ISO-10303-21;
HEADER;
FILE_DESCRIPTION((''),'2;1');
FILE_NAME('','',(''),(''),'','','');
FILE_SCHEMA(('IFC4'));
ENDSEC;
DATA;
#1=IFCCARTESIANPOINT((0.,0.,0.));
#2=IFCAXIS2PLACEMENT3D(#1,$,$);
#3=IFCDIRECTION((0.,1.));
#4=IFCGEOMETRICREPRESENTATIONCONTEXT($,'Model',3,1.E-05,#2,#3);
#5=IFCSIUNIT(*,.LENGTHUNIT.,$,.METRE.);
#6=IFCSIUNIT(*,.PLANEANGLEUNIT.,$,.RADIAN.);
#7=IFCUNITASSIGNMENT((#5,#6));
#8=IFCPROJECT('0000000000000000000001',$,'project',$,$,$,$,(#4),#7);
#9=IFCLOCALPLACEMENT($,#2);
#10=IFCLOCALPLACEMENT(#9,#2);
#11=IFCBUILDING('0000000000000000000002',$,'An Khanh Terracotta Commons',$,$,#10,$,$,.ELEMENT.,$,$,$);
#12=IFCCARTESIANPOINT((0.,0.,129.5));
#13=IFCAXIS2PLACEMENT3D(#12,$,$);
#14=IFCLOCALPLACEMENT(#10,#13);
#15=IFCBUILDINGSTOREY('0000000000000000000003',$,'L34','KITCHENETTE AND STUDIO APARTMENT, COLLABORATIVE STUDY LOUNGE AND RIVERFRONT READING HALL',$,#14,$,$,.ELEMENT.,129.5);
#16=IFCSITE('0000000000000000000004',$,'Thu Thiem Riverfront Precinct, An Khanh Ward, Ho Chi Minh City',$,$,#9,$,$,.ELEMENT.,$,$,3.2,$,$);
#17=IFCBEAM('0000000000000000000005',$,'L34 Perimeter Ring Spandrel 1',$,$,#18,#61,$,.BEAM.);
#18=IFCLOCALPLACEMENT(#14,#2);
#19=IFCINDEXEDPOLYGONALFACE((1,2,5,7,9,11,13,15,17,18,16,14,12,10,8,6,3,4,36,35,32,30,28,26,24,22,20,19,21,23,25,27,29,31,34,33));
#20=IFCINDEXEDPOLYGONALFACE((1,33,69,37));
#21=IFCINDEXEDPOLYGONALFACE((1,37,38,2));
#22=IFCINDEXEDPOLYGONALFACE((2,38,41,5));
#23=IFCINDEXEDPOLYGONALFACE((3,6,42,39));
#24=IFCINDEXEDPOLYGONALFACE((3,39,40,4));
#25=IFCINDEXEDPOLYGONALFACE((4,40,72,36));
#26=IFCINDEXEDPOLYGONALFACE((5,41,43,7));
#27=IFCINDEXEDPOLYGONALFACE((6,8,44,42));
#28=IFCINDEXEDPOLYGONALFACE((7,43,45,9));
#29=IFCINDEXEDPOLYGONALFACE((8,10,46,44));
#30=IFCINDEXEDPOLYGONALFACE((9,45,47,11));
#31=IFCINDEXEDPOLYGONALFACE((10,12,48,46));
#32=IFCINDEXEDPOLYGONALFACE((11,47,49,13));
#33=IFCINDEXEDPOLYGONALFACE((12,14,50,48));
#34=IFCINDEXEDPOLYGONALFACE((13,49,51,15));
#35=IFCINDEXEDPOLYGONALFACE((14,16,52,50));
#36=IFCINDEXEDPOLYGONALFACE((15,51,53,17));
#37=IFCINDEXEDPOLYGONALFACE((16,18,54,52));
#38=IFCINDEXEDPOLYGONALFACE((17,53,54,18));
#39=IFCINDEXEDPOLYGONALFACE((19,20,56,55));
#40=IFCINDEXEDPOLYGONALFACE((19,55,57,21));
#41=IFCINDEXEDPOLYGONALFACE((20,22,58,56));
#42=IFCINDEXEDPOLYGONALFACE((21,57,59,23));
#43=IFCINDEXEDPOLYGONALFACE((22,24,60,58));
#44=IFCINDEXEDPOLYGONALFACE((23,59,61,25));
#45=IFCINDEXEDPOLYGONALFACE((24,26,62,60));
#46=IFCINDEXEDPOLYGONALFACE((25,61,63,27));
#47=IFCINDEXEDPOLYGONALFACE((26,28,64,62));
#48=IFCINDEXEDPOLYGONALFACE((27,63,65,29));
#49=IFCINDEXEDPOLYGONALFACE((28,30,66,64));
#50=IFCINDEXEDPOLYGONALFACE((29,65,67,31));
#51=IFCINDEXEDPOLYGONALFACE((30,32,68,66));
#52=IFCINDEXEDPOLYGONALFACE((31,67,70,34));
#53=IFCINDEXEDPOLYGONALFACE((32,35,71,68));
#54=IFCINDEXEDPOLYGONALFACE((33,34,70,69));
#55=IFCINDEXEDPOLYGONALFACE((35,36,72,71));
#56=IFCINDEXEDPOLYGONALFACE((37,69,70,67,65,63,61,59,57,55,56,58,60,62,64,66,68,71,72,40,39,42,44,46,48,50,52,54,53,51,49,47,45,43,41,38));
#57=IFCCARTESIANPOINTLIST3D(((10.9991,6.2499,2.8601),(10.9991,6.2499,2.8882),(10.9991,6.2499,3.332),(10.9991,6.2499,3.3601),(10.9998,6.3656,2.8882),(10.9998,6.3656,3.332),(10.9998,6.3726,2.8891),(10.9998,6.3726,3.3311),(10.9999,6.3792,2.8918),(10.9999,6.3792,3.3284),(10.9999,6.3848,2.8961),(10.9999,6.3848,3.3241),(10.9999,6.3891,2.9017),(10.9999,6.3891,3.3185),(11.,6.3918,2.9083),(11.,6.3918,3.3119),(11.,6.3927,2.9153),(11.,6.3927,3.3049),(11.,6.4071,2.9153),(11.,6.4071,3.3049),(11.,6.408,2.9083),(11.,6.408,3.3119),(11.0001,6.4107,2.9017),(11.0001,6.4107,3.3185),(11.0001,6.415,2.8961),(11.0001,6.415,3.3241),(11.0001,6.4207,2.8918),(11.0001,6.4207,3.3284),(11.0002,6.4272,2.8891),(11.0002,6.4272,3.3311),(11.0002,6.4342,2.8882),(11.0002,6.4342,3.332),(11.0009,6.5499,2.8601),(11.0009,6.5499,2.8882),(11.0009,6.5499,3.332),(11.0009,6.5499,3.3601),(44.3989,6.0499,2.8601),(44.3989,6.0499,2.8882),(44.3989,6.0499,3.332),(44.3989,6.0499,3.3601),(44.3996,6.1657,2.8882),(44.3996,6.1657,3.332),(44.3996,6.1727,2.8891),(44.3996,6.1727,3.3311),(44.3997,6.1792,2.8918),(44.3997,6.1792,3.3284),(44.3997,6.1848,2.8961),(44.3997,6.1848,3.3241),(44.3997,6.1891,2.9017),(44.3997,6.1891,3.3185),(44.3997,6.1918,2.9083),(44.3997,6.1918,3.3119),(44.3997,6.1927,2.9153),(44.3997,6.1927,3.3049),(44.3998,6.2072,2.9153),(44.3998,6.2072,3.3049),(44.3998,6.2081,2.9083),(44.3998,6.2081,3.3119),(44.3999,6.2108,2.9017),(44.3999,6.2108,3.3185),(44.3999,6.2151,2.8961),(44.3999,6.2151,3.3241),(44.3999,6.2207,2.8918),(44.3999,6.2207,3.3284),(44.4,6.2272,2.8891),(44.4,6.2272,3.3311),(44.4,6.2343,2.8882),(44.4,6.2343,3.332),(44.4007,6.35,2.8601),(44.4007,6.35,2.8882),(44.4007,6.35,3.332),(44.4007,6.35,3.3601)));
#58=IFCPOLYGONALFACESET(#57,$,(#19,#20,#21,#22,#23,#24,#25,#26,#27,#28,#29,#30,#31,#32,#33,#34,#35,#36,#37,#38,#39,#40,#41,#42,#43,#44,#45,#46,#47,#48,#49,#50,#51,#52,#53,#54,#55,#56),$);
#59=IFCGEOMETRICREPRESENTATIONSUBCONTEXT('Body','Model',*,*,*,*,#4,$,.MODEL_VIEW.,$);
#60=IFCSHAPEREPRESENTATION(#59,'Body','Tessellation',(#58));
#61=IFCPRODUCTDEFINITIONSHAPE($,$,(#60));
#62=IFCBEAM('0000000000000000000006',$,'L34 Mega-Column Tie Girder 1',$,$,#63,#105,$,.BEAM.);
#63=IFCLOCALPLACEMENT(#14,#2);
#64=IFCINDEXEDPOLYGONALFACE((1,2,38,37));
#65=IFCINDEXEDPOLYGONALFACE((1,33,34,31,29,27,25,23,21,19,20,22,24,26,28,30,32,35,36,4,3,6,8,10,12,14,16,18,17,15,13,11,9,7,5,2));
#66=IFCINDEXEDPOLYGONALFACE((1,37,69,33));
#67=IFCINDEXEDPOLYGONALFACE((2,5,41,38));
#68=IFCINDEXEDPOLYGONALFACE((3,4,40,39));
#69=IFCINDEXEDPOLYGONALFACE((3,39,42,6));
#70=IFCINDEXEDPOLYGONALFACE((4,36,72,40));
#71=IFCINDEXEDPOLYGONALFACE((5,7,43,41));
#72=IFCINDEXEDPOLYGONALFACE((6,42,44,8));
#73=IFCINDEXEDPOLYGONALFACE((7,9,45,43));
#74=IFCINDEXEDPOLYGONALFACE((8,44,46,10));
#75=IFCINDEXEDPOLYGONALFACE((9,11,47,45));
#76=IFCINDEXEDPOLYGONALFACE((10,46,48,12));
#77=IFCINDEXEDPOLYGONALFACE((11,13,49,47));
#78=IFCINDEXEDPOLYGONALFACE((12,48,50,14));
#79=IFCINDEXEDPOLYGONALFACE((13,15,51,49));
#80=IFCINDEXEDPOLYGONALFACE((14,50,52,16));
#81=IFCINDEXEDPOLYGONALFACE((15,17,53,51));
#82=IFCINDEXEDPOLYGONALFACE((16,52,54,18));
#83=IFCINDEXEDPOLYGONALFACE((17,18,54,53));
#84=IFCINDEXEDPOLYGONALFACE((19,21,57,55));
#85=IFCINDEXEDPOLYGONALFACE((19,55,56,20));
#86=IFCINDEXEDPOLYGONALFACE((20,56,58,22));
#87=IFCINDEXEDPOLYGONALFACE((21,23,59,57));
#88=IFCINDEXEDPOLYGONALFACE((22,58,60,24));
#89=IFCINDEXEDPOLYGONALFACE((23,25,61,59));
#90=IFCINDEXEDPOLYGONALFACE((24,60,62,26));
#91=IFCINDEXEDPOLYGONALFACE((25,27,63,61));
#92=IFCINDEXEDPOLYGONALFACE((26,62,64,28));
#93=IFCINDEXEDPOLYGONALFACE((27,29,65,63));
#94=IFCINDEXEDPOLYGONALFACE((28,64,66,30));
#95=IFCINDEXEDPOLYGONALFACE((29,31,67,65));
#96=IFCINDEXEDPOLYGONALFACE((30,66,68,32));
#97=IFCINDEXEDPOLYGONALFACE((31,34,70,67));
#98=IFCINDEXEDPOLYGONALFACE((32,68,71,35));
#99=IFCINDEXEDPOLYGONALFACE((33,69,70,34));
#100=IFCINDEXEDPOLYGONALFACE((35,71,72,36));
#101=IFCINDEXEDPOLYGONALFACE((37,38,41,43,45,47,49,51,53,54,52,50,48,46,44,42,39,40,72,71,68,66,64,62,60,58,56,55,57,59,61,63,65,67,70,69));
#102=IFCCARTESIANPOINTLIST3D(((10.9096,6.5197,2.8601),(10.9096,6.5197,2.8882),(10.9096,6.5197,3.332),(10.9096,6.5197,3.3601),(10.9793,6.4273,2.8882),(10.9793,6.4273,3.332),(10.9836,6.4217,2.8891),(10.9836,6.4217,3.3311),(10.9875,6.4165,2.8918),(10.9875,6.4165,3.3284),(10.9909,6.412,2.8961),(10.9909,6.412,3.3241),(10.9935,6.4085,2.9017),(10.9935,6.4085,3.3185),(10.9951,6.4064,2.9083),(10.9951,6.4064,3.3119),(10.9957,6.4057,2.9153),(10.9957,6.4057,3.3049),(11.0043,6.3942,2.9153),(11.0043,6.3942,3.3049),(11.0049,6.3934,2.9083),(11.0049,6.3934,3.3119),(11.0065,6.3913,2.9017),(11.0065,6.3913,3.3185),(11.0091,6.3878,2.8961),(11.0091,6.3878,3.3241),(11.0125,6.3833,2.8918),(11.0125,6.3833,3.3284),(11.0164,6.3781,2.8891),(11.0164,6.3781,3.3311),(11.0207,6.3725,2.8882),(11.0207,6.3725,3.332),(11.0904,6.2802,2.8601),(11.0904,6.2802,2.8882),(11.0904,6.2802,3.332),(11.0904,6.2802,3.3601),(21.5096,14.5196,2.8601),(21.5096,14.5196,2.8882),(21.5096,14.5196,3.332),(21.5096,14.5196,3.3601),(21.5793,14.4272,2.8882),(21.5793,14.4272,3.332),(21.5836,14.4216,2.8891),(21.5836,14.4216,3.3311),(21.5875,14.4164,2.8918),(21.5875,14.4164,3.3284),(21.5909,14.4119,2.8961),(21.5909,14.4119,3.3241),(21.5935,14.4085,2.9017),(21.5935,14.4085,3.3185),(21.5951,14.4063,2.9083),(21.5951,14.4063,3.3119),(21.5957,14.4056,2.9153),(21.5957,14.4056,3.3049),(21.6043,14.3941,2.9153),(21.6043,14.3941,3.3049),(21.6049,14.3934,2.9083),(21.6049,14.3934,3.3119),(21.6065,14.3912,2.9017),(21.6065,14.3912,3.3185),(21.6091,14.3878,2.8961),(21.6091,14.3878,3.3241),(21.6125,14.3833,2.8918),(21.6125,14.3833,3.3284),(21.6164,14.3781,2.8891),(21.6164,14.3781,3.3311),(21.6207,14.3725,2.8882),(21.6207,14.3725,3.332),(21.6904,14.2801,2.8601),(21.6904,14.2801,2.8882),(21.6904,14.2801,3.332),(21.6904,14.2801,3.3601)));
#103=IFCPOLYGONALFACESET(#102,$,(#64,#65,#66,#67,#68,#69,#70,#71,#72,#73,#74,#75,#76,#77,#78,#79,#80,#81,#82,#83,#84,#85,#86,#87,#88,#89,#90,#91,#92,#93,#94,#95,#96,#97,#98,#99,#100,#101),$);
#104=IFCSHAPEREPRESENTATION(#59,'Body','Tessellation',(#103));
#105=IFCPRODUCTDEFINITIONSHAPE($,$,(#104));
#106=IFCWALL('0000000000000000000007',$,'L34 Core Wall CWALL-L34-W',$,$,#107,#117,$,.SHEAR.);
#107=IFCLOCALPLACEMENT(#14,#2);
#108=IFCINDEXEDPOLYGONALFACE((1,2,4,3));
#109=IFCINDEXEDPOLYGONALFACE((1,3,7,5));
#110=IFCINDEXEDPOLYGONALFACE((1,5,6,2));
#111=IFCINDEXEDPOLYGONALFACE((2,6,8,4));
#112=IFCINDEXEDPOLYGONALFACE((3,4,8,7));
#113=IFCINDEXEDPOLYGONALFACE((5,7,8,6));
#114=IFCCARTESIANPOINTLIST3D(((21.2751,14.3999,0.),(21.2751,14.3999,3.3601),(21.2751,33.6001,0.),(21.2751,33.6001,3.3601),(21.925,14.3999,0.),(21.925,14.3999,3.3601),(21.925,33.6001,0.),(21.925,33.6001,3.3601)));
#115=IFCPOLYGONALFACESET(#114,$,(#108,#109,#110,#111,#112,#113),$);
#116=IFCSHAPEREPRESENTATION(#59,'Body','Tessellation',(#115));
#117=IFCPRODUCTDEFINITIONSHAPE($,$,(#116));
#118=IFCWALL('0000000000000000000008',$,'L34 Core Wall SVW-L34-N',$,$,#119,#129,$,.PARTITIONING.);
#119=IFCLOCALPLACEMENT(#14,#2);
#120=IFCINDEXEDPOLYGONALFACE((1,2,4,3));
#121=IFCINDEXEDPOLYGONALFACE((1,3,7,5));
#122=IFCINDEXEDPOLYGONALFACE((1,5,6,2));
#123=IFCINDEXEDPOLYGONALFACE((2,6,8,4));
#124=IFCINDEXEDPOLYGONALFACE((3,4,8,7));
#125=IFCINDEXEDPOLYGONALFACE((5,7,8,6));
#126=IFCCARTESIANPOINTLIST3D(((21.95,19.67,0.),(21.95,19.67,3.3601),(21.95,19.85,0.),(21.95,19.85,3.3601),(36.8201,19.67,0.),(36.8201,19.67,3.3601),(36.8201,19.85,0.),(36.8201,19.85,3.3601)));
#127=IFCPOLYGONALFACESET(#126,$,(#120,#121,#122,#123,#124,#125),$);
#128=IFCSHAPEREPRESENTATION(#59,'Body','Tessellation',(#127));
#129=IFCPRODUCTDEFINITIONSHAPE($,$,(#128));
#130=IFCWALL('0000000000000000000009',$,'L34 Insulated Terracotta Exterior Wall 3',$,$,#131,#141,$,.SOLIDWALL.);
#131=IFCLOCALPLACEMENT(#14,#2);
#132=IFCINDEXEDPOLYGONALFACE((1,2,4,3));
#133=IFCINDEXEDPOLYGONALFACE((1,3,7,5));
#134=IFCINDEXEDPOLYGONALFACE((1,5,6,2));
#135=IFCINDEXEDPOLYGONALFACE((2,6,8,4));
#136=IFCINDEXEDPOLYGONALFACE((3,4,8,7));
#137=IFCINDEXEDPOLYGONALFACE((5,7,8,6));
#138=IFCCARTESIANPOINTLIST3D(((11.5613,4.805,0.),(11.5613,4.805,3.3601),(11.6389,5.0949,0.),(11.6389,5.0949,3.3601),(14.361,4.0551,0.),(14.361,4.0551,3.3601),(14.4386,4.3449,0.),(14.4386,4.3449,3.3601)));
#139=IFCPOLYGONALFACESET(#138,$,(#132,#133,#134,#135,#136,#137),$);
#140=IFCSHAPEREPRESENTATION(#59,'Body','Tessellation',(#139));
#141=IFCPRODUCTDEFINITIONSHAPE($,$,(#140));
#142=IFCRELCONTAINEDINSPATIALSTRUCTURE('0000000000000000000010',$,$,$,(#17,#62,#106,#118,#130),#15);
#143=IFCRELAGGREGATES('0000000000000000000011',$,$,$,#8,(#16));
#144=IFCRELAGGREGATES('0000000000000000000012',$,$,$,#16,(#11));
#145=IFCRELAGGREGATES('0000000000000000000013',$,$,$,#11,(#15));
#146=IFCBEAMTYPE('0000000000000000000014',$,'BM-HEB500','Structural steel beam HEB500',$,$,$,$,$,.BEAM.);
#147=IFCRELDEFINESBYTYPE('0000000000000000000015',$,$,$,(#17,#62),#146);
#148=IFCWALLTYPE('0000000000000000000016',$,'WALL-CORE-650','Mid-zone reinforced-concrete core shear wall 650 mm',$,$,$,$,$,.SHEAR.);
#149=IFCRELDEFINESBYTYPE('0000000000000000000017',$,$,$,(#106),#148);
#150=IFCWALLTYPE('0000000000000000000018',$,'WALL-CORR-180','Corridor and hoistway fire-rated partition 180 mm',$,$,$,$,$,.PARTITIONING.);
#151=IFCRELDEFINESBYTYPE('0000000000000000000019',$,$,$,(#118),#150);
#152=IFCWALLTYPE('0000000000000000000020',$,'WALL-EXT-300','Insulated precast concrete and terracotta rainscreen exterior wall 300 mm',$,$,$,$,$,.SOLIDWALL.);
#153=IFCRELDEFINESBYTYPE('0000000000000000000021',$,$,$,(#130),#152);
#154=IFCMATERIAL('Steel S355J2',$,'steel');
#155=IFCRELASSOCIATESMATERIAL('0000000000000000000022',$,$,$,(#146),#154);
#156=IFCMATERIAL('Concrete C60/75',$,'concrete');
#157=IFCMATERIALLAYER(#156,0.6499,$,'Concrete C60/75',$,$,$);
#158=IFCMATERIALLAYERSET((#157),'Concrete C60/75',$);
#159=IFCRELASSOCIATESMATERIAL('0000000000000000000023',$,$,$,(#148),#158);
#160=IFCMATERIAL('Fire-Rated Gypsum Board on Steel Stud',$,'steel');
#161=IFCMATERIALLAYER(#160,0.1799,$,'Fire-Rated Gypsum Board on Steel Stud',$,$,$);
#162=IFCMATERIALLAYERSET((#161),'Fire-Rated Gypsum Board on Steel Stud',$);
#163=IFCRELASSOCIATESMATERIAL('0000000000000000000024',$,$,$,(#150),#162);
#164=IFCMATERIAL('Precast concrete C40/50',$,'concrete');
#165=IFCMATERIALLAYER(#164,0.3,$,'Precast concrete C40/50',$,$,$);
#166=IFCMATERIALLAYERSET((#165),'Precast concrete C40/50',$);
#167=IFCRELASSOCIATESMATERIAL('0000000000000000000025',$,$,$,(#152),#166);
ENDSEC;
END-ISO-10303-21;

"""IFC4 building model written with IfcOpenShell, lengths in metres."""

from ifc_helpers import new_model, si_unit, direction, frame, frame_2d, origin, origin_2d, place, context, subcontext, project, spatial, rectangle, i_section, extrude, material, layer, layer_set, material_profile, profile_set, type_object, element, save


model = new_model("IFC4")

# Units and contexts
model_context = context("Model", 3, precision=1e-05, world=origin(), true_north=direction((0.0, 1.0)))
body_context = subcontext(model_context, "Body", "Model", "MODEL_VIEW")
ifc_project = project(units=[si_unit("LENGTHUNIT", "METRE"), si_unit("PLANEANGLEUNIT", "RADIAN")], contexts=[model_context])

# Site, building, storey
site_placement = place(None, origin())
site = spatial("IfcSite", under=ifc_project, at=site_placement, Name="Thu Thiem Riverfront Precinct, An Khanh Ward, Ho Chi Minh City", CompositionType="ELEMENT", RefElevation=3.2)
building_placement = place(site_placement, origin())
building = spatial("IfcBuilding", under=site, at=building_placement, Name="An Khanh Terracotta Commons", CompositionType="ELEMENT")
storey_placement = place(building_placement, frame((0.0, 0.0, 129.5)))
storey = spatial("IfcBuildingStorey", under=building, at=storey_placement, Name="L34", Description="KITCHENETTE AND STUDIO APARTMENT, COLLABORATIVE STUDY LOUNGE AND RIVERFRONT READING HALL", CompositionType="ELEMENT", Elevation=129.5)

# Beams
ifc_material_1 = material(Name="Steel S355J2", Category="steel")
ifc_material_profile_1 = material_profile(ifc_material_1, i_section(OverallWidth=0.3, OverallDepth=0.5, WebThickness=0.0144, FlangeThickness=0.0281, FilletRadius=0.0271, at=origin_2d()), Name="HEB500")
ifc_profile_set_1 = profile_set([ifc_material_profile_1], Name="Steel S355J2")
beam_type_1 = type_object("IfcBeamType", Name="BM-HEB500", Description="Structural steel beam HEB500", PredefinedType="BEAM", material=ifc_profile_set_1)
beam_1_placement = place(storey_placement, frame((11.0, 6.3999, 3.1101), z_axis=(0.999982, -0.005986, 0.0), x_axis=(0.005986, 0.999982, 0.0)))
element("IfcBeam", 1, at=beam_1_placement, inside=storey, type_object=beam_type_1, Name="L34 Perimeter Ring Spandrel 1", PredefinedType="BEAM", context=body_context, shape_type="SweptSolid", body=[
    extrude(i_section(OverallWidth=0.3, OverallDepth=0.5, WebThickness=0.0144, FlangeThickness=0.0281, FilletRadius=0.0271, at=origin_2d()), origin(), (0.0, 0.0, 1.0), 33.4004),
])
beam_2_placement = place(storey_placement, frame((11.0, 6.3999, 3.1101), z_axis=(0.798192, 0.602403, 0.0), x_axis=(-0.602403, 0.798192, 0.0)))
element("IfcBeam", 2, at=beam_2_placement, inside=storey, type_object=beam_type_1, Name="L34 Mega-Column Tie Girder 1", PredefinedType="BEAM", context=body_context, shape_type="SweptSolid", body=[
    extrude(i_section(OverallWidth=0.3, OverallDepth=0.5, WebThickness=0.0144, FlangeThickness=0.0281, FilletRadius=0.0271, at=origin_2d()), origin(), (0.0, 0.0, 1.0), 13.28),
])

# Walls
ifc_material_2 = material(Name="Concrete C60/75", Category="concrete")
ifc_layer_1 = layer(ifc_material_2, 0.6499, Name="Concrete C60/75")
ifc_layer_set_1 = layer_set([ifc_layer_1], Name="Concrete C60/75")
wall_type_1 = type_object("IfcWallType", Name="WALL-CORE-650", Description="Mid-zone reinforced-concrete core shear wall 650 mm", PredefinedType="SHEAR", material=ifc_layer_set_1)
wall_1_placement = place(storey_placement, frame((21.6001, 14.3999, 0.0), z_axis=(0.0, 0.0, 1.0), x_axis=(0.0, 1.0, 0.0)))
element("IfcWall", 3, at=wall_1_placement, inside=storey, type_object=wall_type_1, Name="L34 Core Wall CWALL-L34-W", PredefinedType="SHEAR", context=body_context, shape_type="SweptSolid", body=[
    extrude(rectangle(XDim=19.2002, YDim=0.6499, at=frame_2d((9.6001, 0.0))), origin(), (0.0, 0.0, 1.0), 3.3601),
])
ifc_material_3 = material(Name="Fire-Rated Gypsum Board on Steel Stud", Category="steel")
ifc_layer_2 = layer(ifc_material_3, 0.1799, Name="Fire-Rated Gypsum Board on Steel Stud")
ifc_layer_set_2 = layer_set([ifc_layer_2], Name="Fire-Rated Gypsum Board on Steel Stud")
wall_type_2 = type_object("IfcWallType", Name="WALL-CORR-180", Description="Corridor and hoistway fire-rated partition 180 mm", PredefinedType="PARTITIONING", material=ifc_layer_set_2)
wall_2_placement = place(storey_placement, frame((21.95, 19.76, 0.0), z_axis=(0.0, 0.0, 1.0), x_axis=(1.0, 0.0, 0.0)))
element("IfcWall", 4, at=wall_2_placement, inside=storey, type_object=wall_type_2, Name="L34 Core Wall SVW-L34-N", PredefinedType="PARTITIONING", context=body_context, shape_type="SweptSolid", body=[
    extrude(rectangle(XDim=14.8701, YDim=0.1799, at=frame_2d((7.4351, 0.0))), origin(), (0.0, 0.0, 1.0), 3.3601),
])
ifc_material_4 = material(Name="Precast concrete C40/50", Category="concrete")
ifc_layer_3 = layer(ifc_material_4, 0.3, Name="Precast concrete C40/50")
ifc_layer_set_3 = layer_set([ifc_layer_3], Name="Precast concrete C40/50")
wall_type_3 = type_object("IfcWallType", Name="WALL-EXT-300", Description="Insulated precast concrete and terracotta rainscreen exterior wall 300 mm", PredefinedType="SOLIDWALL", material=ifc_layer_set_3)
wall_3_placement = place(storey_placement, frame((11.6001, 4.95, 0.0), z_axis=(0.0, 0.0, 1.0), x_axis=(0.965944, -0.258753, 0.0)))
element("IfcWall", 5, at=wall_3_placement, inside=storey, type_object=wall_type_3, Name="L34 Insulated Terracotta Exterior Wall 3", PredefinedType="SOLIDWALL", context=body_context, shape_type="SweptSolid", body=[
    extrude(rectangle(XDim=2.8984, YDim=0.3, at=frame_2d((1.4492, 0.0))), origin(), (0.0, 0.0, 1.0), 3.3601),
])

save(model, "model.ifc")
